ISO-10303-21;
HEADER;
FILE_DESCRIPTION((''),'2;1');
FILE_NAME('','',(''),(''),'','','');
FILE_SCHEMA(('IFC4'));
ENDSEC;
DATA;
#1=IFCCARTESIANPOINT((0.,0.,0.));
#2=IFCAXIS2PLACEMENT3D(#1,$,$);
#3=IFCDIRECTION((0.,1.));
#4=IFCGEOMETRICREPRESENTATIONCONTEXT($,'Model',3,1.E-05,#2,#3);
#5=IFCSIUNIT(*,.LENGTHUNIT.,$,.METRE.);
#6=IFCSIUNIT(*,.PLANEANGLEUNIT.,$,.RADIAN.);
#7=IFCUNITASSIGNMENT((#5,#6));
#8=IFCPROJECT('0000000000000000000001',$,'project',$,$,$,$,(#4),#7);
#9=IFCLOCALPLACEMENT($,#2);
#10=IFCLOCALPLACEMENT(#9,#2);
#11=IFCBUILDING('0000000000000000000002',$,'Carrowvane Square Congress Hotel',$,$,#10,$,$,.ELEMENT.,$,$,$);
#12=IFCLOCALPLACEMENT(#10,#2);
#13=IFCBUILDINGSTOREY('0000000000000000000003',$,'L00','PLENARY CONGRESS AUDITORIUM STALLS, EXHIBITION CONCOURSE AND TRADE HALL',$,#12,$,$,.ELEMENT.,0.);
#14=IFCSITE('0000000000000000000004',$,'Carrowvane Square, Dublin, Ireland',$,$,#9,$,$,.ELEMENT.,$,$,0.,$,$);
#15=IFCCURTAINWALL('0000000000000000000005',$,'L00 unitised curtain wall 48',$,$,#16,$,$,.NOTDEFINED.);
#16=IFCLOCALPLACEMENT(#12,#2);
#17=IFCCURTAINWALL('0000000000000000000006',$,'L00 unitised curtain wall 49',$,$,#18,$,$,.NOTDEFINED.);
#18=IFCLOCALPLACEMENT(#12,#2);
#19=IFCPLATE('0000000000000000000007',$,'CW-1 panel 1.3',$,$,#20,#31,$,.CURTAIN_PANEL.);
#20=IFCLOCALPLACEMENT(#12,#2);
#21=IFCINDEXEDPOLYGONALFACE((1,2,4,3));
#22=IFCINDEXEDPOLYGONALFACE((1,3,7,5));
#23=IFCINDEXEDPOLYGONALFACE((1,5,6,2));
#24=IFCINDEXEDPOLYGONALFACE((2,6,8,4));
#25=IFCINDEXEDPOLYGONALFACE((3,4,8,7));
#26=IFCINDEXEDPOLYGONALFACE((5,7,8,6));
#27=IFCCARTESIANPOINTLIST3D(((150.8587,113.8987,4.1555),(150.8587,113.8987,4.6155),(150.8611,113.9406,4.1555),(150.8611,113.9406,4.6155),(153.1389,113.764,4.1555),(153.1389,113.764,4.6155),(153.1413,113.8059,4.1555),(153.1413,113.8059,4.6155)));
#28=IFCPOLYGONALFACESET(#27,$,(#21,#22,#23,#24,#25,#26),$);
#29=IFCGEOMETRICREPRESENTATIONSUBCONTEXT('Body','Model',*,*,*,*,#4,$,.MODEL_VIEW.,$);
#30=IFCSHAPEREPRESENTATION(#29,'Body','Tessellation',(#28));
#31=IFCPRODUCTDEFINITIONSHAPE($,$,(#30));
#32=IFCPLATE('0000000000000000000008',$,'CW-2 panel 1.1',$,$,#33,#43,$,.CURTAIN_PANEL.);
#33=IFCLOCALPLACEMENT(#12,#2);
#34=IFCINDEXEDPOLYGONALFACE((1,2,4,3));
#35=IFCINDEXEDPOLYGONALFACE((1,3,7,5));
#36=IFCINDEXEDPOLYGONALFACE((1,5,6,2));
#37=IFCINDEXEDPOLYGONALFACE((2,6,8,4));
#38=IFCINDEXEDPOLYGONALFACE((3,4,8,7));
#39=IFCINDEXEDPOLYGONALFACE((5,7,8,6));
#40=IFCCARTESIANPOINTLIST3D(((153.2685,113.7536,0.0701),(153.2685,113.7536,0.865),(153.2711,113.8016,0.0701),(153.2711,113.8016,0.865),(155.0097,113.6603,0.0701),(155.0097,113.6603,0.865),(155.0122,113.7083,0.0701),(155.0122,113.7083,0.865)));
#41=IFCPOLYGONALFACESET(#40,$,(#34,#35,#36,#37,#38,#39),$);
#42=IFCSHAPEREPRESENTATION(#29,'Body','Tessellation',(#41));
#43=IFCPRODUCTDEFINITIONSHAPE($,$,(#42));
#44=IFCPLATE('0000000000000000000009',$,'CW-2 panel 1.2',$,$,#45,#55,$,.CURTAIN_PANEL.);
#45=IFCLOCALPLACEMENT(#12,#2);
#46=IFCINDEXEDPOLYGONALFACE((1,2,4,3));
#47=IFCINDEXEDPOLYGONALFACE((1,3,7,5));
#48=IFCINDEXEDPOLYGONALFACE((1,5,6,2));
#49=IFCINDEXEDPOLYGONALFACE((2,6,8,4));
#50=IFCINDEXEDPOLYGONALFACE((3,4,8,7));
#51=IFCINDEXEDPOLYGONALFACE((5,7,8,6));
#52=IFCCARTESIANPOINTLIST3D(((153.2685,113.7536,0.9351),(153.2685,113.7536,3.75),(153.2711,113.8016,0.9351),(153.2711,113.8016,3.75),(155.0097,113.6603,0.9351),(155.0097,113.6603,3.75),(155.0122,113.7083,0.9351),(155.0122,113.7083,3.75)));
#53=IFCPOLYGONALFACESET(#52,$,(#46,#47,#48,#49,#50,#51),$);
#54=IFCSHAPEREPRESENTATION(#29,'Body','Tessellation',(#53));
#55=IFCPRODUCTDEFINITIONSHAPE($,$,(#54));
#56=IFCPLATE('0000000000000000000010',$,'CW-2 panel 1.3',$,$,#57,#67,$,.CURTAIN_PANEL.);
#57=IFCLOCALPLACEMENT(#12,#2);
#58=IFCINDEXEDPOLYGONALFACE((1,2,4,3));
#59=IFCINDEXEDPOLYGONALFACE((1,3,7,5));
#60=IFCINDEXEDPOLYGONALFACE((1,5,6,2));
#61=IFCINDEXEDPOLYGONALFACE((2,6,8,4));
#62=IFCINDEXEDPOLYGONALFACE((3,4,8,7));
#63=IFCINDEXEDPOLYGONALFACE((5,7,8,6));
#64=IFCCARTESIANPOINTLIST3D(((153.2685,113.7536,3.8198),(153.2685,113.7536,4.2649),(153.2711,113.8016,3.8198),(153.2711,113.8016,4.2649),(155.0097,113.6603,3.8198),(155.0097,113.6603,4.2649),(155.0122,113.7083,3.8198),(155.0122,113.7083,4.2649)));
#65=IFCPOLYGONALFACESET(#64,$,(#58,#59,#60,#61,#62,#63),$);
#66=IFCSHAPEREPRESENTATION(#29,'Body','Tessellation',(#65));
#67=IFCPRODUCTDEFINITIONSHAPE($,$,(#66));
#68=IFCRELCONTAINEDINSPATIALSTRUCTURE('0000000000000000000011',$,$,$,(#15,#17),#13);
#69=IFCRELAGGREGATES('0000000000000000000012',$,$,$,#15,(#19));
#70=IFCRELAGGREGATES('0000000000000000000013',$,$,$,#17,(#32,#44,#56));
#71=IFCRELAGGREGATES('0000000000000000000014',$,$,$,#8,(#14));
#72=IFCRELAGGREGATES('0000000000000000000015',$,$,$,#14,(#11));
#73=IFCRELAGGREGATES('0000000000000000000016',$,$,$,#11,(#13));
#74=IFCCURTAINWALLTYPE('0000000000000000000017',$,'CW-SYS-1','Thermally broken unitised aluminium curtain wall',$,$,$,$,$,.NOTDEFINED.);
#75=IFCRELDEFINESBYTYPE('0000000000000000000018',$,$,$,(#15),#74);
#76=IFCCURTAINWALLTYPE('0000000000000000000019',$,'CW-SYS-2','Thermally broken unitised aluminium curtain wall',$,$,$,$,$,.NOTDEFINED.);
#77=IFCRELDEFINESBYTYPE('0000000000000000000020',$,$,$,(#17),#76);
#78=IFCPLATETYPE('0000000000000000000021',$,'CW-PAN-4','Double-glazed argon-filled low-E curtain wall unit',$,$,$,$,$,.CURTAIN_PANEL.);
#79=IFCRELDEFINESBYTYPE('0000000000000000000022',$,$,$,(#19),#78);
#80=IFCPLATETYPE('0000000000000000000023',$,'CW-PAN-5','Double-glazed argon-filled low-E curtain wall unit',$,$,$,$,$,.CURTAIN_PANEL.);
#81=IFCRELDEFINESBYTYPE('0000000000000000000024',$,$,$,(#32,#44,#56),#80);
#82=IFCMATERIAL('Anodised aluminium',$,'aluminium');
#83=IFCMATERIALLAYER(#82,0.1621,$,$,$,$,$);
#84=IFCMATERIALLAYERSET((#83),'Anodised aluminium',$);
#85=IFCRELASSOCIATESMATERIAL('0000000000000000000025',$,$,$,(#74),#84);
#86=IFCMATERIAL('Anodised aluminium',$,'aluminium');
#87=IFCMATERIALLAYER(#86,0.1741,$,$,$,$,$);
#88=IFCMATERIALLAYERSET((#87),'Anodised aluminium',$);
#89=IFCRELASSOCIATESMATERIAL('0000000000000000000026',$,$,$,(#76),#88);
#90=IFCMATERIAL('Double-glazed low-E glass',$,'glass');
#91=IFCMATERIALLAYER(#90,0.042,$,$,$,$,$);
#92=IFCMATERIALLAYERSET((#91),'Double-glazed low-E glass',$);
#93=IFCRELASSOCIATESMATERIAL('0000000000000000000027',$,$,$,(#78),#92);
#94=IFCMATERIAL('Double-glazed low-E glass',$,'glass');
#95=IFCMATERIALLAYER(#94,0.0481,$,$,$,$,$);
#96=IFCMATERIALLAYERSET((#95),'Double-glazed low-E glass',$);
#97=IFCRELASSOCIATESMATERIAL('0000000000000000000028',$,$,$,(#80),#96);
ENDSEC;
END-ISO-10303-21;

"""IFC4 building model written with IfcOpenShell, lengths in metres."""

from ifc_helpers import new_model, si_unit, direction, frame, origin, origin_2d, place, context, subcontext, project, spatial, rectangle, extrude, material, layer, layer_set, type_object, element, aggregate, save


model = new_model("IFC4")

# Units and contexts
model_context = context("Model", 3, precision=1e-05, world=origin(), true_north=direction((0.0, 1.0)))
body_context = subcontext(model_context, "Body", "Model", "MODEL_VIEW")
ifc_project = project(units=[si_unit("LENGTHUNIT", "METRE"), si_unit("PLANEANGLEUNIT", "RADIAN")], contexts=[model_context])

# Site, building, storey
site_placement = place(None, origin())
site = spatial("IfcSite", under=ifc_project, at=site_placement, Name="Carrowvane Square, Dublin, Ireland", CompositionType="ELEMENT", RefElevation=0.0)
building_placement = place(site_placement, origin())
building = spatial("IfcBuilding", under=site, at=building_placement, Name="Carrowvane Square Congress Hotel", CompositionType="ELEMENT")
storey_placement = place(building_placement, origin())
storey = spatial("IfcBuildingStorey", under=building, at=storey_placement, Name="L00", Description="PLENARY CONGRESS AUDITORIUM STALLS, EXHIBITION CONCOURSE AND TRADE HALL", CompositionType="ELEMENT", Elevation=0.0)

# Curtain wall
ifc_material_1 = material(Name="Anodised aluminium", Category="aluminium")
ifc_layer_1 = layer(ifc_material_1, 0.1621)
ifc_layer_set_1 = layer_set([ifc_layer_1], Name="Anodised aluminium")
curtain_wall_type_1 = type_object("IfcCurtainWallType", Name="CW-SYS-1", Description="Thermally broken unitised aluminium curtain wall", PredefinedType="NOTDEFINED", material=ifc_layer_set_1)
curtain_wall_1_placement = place(storey_placement, origin())
curtain_wall_1 = element("IfcCurtainWall", 1, at=curtain_wall_1_placement, inside=storey, type_object=curtain_wall_type_1, Name="L00 unitised curtain wall 48", PredefinedType="NOTDEFINED")

# Curtain wall
ifc_material_2 = material(Name="Anodised aluminium", Category="aluminium")
ifc_layer_2 = layer(ifc_material_2, 0.1741)
ifc_layer_set_2 = layer_set([ifc_layer_2], Name="Anodised aluminium")
curtain_wall_type_2 = type_object("IfcCurtainWallType", Name="CW-SYS-2", Description="Thermally broken unitised aluminium curtain wall", PredefinedType="NOTDEFINED", material=ifc_layer_set_2)
curtain_wall_2_placement = place(storey_placement, origin())
curtain_wall_2 = element("IfcCurtainWall", 2, at=curtain_wall_2_placement, inside=storey, type_object=curtain_wall_type_2, Name="L00 unitised curtain wall 49", PredefinedType="NOTDEFINED")

# Plates
ifc_material_3 = material(Name="Double-glazed low-E glass", Category="glass")
ifc_layer_3 = layer(ifc_material_3, 0.042)
ifc_layer_set_3 = layer_set([ifc_layer_3], Name="Double-glazed low-E glass")
plate_type_1 = type_object("IfcPlateType", Name="CW-PAN-4", Description="Double-glazed argon-filled low-E curtain wall unit", PredefinedType="CURTAIN_PANEL", material=ifc_layer_set_3)
plate_1_placement = place(storey_placement, frame((152.0, 113.8523, 4.1555), z_axis=(0.0, 0.0, 1.0), x_axis=(0.998259, -0.058989, 0.0)))
plate_1 = element("IfcPlate", 3, at=plate_1_placement, type_object=plate_type_1, Name="CW-1 panel 1.3", PredefinedType="CURTAIN_PANEL", context=body_context, shape_type="SweptSolid", body=[
    extrude(rectangle(XDim=2.2842, YDim=0.042, at=origin_2d()), origin(), (0.0, 0.0, 1.0), 0.46),
])
aggregate(curtain_wall_1, [plate_1])
ifc_material_4 = material(Name="Double-glazed low-E glass", Category="glass")
ifc_layer_4 = layer(ifc_material_4, 0.0481)
ifc_layer_set_4 = layer_set([ifc_layer_4], Name="Double-glazed low-E glass")
plate_type_2 = type_object("IfcPlateType", Name="CW-PAN-5", Description="Double-glazed argon-filled low-E curtain wall unit", PredefinedType="CURTAIN_PANEL", material=ifc_layer_set_4)
plate_2_placement = place(storey_placement, frame((154.1404, 113.731, 0.0701), z_axis=(0.0, 0.0, 1.0), x_axis=(0.998567, -0.053517, 0.0)))
plate_2 = element("IfcPlate", 4, at=plate_2_placement, type_object=plate_type_2, Name="CW-2 panel 1.1", PredefinedType="CURTAIN_PANEL", context=body_context, shape_type="SweptSolid", body=[
    extrude(rectangle(XDim=1.7437, YDim=0.0481, at=origin_2d()), origin(), (0.0, 0.0, 1.0), 0.7949),
])
plate_3_placement = place(storey_placement, frame((154.1404, 113.731, 0.9351), z_axis=(0.0, 0.0, 1.0), x_axis=(0.998567, -0.053517, 0.0)))
plate_3 = element("IfcPlate", 5, at=plate_3_placement, type_object=plate_type_2, Name="CW-2 panel 1.2", PredefinedType="CURTAIN_PANEL", context=body_context, shape_type="SweptSolid", body=[
    extrude(rectangle(XDim=1.7437, YDim=0.0481, at=origin_2d()), origin(), (0.0, 0.0, 1.0), 2.8149),
])
plate_4_placement = place(storey_placement, frame((154.1404, 113.731, 3.8198), z_axis=(0.0, 0.0, 1.0), x_axis=(0.998567, -0.053517, 0.0)))
plate_4 = element("IfcPlate", 6, at=plate_4_placement, type_object=plate_type_2, Name="CW-2 panel 1.3", PredefinedType="CURTAIN_PANEL", context=body_context, shape_type="SweptSolid", body=[
    extrude(rectangle(XDim=1.7437, YDim=0.0481, at=origin_2d()), origin(), (0.0, 0.0, 1.0), 0.4451),
])
aggregate(curtain_wall_2, [plate_2, plate_3, plate_4])

save(model, "model.ifc")
